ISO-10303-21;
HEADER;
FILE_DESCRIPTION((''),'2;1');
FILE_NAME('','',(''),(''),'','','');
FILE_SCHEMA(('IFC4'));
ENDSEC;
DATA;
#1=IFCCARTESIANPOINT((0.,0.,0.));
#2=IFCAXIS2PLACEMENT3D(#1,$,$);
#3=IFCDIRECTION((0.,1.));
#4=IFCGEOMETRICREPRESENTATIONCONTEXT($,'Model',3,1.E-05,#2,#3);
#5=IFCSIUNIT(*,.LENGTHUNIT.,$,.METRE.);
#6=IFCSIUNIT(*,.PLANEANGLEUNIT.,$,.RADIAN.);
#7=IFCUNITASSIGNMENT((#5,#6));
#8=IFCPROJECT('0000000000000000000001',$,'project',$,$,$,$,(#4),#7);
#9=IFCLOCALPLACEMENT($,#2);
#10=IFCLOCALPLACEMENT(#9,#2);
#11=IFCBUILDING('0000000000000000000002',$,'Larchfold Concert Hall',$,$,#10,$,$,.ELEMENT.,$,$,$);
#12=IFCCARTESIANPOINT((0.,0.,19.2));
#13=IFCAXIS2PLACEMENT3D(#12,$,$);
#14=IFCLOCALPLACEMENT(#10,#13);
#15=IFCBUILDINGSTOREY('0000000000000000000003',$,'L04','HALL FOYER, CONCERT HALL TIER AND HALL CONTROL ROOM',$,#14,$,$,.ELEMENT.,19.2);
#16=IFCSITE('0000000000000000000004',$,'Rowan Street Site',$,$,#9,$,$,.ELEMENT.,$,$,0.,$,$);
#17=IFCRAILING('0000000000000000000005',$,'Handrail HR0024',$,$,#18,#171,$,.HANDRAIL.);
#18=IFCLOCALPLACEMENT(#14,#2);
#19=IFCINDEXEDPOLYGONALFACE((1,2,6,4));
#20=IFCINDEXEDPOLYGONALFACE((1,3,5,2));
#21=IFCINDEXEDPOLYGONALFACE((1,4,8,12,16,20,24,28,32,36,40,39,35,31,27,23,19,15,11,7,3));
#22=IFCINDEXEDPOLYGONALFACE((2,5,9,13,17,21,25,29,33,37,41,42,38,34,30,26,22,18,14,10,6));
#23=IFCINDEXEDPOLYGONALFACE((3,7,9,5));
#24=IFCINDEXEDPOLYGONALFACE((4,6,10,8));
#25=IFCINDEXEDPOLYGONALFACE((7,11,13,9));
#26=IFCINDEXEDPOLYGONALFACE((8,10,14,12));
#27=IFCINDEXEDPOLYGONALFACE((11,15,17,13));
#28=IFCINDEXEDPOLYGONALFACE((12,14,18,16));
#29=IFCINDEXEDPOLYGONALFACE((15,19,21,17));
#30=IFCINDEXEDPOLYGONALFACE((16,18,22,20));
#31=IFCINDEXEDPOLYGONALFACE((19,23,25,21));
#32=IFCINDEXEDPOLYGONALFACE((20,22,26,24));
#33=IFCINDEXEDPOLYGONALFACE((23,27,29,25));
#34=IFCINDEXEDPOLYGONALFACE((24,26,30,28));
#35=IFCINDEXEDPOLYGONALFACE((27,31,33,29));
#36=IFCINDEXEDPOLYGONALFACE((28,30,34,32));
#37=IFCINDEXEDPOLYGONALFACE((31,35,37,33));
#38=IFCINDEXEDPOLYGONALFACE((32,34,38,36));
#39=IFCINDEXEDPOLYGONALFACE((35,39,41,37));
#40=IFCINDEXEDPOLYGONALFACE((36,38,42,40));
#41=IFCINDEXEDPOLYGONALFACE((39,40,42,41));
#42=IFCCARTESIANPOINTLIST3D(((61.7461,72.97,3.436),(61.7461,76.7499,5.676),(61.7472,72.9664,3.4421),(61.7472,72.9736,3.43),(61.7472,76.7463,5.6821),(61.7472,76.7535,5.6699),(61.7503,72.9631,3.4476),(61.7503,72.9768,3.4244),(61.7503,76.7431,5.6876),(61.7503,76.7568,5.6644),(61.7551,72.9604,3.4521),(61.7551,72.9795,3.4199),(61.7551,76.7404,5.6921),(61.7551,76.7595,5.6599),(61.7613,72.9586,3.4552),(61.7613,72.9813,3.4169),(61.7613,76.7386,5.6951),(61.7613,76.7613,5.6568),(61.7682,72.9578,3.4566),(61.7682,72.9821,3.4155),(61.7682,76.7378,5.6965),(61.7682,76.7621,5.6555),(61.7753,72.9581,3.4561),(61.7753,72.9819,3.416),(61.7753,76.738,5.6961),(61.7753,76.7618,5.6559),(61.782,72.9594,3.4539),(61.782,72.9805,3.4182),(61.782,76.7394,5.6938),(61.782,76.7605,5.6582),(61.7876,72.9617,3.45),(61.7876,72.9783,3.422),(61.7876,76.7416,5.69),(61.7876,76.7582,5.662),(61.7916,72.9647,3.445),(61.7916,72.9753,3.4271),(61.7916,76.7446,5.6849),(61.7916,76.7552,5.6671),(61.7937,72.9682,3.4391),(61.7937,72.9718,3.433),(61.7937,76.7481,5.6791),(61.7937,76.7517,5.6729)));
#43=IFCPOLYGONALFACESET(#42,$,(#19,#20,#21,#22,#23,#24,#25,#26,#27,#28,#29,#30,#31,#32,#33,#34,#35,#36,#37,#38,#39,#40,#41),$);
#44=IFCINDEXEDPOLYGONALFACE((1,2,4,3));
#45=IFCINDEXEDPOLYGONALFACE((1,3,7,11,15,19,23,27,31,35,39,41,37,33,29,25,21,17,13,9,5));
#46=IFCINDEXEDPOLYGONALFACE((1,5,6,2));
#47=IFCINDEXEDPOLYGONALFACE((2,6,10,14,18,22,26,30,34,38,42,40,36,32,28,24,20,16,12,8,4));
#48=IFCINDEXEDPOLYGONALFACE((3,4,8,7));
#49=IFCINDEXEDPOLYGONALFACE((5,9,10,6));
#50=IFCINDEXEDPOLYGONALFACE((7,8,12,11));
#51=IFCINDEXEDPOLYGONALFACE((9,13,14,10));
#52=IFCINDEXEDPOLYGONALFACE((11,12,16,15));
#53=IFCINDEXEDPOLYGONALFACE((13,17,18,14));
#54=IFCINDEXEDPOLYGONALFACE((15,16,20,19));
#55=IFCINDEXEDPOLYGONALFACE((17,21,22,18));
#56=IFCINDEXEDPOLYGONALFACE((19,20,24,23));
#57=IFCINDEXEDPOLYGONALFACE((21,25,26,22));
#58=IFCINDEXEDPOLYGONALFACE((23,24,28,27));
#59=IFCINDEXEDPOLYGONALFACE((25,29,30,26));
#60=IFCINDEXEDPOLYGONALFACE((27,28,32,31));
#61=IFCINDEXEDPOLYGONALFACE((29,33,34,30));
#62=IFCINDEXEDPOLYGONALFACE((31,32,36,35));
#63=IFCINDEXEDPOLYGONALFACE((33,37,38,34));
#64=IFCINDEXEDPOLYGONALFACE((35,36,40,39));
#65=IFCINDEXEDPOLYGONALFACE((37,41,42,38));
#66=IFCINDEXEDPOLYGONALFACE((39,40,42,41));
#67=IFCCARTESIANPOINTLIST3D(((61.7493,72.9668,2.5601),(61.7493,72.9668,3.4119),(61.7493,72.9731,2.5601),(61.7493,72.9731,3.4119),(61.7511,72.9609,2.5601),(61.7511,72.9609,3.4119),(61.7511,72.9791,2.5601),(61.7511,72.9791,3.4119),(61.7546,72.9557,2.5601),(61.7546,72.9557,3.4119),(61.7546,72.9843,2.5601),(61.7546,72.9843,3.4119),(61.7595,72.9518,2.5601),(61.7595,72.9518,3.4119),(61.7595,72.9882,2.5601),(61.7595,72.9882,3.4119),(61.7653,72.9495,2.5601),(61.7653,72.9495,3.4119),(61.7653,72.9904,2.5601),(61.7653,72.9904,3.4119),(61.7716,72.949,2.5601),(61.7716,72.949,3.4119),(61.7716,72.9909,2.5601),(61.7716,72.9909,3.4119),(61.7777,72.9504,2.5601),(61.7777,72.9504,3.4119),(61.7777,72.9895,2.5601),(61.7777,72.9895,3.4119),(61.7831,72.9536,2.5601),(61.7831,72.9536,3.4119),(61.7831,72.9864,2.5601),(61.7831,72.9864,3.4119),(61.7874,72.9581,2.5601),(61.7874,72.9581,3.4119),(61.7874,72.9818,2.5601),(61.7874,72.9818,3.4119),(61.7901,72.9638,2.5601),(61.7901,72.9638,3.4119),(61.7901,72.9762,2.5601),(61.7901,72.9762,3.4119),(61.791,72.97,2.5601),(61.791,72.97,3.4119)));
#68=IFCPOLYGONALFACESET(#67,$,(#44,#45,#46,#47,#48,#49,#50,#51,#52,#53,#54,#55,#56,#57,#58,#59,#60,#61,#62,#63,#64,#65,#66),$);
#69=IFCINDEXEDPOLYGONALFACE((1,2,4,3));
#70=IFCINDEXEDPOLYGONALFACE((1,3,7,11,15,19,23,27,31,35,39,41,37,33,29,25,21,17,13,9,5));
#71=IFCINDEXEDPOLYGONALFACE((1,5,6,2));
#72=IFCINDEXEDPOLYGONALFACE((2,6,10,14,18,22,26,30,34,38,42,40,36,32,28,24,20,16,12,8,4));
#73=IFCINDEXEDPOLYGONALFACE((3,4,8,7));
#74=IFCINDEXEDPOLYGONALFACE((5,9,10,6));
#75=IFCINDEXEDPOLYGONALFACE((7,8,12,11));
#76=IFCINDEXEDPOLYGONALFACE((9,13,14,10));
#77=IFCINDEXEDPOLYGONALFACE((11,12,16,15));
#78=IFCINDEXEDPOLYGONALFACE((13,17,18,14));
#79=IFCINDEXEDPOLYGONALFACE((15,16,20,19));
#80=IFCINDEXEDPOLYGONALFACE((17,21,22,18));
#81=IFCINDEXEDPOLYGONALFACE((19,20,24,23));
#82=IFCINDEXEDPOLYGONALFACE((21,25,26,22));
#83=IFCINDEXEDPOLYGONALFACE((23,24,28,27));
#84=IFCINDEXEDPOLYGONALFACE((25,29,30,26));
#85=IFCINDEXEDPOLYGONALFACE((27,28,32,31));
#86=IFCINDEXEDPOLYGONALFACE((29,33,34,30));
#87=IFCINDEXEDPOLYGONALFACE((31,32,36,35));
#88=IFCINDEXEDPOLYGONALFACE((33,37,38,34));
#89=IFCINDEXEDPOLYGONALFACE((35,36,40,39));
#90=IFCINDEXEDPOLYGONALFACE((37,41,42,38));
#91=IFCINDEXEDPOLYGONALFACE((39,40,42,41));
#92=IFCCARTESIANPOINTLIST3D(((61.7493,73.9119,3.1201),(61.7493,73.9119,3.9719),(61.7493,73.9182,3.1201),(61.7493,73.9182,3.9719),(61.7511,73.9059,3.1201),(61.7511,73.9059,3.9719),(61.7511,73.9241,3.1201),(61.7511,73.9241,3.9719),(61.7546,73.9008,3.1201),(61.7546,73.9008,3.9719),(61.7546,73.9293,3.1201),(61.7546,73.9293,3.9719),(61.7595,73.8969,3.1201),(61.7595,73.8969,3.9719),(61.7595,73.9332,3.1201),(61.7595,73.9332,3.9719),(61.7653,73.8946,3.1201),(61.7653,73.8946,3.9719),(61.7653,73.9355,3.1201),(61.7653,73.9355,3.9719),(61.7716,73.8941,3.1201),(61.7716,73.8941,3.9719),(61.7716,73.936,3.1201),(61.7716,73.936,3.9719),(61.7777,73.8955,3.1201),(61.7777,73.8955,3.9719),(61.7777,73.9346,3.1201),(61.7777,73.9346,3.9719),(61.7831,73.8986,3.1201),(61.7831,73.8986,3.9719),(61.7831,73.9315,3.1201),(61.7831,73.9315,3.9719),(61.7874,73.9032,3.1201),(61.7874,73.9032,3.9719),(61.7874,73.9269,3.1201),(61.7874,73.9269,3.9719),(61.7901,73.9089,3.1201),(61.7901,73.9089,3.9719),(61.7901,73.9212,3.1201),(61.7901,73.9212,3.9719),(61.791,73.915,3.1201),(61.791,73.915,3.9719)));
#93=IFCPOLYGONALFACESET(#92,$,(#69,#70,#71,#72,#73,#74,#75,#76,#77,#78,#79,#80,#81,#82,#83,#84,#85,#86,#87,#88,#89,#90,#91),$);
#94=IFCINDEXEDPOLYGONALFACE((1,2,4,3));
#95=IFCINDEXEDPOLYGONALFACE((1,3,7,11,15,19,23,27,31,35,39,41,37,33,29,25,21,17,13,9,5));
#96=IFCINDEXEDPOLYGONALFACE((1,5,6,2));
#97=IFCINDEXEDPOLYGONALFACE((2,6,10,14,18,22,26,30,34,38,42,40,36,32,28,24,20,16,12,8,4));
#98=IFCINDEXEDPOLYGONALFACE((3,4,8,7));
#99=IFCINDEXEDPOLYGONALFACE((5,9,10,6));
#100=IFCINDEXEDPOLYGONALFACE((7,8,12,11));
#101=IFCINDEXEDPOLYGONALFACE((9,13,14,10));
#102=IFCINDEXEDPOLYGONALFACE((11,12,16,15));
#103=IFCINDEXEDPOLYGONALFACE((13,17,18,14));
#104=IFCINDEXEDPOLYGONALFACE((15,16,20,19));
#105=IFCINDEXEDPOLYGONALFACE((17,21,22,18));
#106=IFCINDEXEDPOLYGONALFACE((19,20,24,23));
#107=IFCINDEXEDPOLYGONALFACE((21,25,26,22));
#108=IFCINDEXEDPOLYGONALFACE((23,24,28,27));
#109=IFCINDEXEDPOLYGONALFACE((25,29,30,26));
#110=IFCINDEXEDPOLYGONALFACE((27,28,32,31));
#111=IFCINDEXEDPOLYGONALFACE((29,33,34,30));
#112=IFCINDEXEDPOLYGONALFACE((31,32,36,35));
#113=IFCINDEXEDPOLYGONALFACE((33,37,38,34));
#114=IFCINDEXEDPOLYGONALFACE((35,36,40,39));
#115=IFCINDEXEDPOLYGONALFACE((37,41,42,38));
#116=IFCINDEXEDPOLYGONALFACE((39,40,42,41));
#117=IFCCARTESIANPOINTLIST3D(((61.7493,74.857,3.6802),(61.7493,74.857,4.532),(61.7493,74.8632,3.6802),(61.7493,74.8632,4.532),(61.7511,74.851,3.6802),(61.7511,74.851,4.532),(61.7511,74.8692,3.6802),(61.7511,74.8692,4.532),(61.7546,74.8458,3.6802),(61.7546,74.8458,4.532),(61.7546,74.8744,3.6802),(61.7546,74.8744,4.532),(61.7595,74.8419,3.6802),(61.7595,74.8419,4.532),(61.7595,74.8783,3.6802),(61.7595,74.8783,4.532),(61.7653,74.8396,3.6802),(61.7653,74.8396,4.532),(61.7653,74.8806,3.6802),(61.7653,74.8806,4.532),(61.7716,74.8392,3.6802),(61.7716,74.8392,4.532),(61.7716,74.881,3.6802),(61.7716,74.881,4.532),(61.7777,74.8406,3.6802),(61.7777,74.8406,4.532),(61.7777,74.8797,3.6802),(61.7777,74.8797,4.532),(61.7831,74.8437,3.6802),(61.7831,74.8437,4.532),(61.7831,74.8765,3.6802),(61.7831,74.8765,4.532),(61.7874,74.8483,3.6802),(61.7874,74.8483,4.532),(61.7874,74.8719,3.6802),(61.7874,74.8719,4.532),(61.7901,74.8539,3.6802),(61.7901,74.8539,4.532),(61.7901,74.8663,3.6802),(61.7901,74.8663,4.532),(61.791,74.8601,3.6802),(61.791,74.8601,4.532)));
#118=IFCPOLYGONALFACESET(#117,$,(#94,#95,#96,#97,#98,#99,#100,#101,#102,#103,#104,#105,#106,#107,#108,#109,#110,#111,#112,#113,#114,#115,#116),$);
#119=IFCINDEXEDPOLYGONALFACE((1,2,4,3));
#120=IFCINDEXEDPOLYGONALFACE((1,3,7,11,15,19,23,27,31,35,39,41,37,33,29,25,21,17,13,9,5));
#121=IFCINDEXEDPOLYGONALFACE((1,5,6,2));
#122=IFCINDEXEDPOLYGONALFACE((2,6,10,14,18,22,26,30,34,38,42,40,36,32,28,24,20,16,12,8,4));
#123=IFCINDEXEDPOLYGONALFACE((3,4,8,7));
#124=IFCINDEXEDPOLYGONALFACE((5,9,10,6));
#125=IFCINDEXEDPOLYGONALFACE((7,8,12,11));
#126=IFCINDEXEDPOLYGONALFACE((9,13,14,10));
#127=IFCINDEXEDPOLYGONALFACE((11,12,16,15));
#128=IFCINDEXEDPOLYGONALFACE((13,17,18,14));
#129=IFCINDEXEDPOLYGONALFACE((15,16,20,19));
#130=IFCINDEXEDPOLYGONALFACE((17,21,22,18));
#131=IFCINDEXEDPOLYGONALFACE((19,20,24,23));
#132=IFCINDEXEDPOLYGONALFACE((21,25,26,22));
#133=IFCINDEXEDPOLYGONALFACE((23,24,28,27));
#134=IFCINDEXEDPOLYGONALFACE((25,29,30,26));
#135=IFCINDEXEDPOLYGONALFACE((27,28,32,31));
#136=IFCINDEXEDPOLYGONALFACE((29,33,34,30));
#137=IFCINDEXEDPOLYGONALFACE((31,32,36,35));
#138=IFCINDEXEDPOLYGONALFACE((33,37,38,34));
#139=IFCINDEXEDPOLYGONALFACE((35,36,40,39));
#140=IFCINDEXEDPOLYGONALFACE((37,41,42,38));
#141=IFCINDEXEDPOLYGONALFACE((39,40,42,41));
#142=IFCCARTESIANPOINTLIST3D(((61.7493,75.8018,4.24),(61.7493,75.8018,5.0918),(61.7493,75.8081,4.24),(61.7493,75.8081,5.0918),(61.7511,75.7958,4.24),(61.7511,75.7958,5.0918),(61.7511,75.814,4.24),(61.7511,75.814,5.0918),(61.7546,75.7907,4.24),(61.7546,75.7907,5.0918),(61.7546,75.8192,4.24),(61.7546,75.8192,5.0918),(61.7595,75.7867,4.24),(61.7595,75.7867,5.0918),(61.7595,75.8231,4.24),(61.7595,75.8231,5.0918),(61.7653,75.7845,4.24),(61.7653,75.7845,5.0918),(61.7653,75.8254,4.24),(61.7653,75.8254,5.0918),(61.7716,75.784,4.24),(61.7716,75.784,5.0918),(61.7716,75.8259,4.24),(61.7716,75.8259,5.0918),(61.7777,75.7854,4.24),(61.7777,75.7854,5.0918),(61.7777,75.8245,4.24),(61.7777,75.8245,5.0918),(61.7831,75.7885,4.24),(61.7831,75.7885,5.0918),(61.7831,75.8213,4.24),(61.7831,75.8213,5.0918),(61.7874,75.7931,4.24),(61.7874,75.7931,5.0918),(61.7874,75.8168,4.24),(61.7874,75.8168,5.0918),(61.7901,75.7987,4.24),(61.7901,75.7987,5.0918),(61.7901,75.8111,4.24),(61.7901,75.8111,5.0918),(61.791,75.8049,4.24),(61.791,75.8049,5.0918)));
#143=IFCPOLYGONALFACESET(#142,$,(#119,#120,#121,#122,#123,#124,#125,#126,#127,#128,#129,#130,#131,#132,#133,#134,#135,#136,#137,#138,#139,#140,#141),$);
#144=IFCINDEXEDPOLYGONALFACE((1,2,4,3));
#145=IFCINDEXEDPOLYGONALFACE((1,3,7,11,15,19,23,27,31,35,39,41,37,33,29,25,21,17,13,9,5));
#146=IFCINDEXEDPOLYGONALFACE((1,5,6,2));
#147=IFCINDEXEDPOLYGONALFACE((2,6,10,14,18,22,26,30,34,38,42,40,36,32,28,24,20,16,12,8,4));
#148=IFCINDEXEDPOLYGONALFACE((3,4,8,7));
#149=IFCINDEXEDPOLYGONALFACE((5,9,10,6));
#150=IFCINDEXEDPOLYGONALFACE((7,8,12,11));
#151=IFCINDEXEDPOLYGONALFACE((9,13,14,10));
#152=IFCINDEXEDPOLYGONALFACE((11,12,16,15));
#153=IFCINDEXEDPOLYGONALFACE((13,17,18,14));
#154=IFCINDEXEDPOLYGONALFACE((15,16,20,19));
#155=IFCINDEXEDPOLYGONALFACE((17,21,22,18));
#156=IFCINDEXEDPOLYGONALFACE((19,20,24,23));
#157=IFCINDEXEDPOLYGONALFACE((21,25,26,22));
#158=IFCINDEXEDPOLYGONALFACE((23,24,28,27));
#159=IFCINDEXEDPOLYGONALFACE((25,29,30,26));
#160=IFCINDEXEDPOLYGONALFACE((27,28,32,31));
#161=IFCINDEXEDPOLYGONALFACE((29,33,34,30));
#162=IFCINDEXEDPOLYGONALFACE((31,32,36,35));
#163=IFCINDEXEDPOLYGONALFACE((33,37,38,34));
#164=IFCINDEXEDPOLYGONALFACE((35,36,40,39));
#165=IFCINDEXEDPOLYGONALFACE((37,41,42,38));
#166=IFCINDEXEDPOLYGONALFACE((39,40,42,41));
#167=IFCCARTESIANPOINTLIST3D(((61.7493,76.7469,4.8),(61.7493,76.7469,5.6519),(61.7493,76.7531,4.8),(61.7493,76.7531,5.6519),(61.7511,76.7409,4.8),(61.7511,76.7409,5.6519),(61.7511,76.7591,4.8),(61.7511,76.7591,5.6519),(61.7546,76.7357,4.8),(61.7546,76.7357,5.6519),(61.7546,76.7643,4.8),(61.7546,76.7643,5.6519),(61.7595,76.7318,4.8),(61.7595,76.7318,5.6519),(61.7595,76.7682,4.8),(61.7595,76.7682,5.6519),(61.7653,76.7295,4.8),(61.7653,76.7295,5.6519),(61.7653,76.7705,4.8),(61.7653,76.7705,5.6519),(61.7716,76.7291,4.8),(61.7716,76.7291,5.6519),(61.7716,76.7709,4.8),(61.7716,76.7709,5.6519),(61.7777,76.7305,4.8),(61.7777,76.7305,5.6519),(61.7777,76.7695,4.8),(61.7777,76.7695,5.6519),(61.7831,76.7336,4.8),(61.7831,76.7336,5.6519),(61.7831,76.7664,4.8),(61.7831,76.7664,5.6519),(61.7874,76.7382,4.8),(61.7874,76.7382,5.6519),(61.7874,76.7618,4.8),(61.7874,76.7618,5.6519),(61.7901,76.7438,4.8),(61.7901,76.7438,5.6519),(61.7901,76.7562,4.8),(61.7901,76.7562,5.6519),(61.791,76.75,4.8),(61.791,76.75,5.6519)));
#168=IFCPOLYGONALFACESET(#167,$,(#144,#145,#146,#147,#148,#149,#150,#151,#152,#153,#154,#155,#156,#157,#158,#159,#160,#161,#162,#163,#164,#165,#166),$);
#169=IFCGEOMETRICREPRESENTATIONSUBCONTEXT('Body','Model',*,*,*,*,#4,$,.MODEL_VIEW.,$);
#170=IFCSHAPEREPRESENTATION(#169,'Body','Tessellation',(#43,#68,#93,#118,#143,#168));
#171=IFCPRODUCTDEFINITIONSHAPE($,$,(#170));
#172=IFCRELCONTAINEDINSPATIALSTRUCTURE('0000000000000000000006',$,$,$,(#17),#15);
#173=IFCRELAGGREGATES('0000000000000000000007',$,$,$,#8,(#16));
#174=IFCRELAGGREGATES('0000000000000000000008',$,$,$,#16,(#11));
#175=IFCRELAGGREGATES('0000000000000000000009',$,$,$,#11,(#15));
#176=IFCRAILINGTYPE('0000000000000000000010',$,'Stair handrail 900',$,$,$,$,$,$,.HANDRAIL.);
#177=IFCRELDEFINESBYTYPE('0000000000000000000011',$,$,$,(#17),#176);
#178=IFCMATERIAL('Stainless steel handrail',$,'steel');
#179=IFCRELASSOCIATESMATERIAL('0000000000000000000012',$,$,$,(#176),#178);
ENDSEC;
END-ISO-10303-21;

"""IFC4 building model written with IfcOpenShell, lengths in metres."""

from ifc_helpers import new_model, si_unit, direction, frame, origin, origin_2d, place, context, subcontext, project, spatial, circle, extrude, material, type_object, element, save


model = new_model("IFC4")

# Units and contexts
model_context = context("Model", 3, precision=1e-05, world=origin(), true_north=direction((0.0, 1.0)))
body_context = subcontext(model_context, "Body", "Model", "MODEL_VIEW")
ifc_project = project(units=[si_unit("LENGTHUNIT", "METRE"), si_unit("PLANEANGLEUNIT", "RADIAN")], contexts=[model_context])

# Site, building, storey
site_placement = place(None, origin())
site = spatial("IfcSite", under=ifc_project, at=site_placement, Name="Rowan Street Site", CompositionType="ELEMENT", RefElevation=0.0)
building_placement = place(site_placement, origin())
building = spatial("IfcBuilding", under=site, at=building_placement, Name="Larchfold Concert Hall", CompositionType="ELEMENT")
storey_placement = place(building_placement, frame((0.0, 0.0, 19.2)))
storey = spatial("IfcBuildingStorey", under=building, at=storey_placement, Name="L04", Description="HALL FOYER, CONCERT HALL TIER AND HALL CONTROL ROOM", CompositionType="ELEMENT", Elevation=19.2)

# Railing
ifc_material_1 = material(Name="Stainless steel handrail", Category="steel")
railing_type_1 = type_object("IfcRailingType", Name="Stair handrail 900", PredefinedType="HANDRAIL", material=ifc_material_1)
railing_1_placement = place(storey_placement, frame((61.77, 72.97, 2.5601)))
element("IfcRailing", 1, at=railing_1_placement, inside=storey, type_object=railing_type_1, Name="Handrail HR0024", PredefinedType="HANDRAIL", context=body_context, shape_type="SweptSolid", body=[
    extrude(circle(Radius=0.0239, at=origin_2d()), frame((0.0, 0.0, 0.876), z_axis=(0.0, 0.860294, 0.509798), x_axis=(-1.0, 0.0, 0.0)), (0.0, 0.0, 1.0), 4.3938),
    extrude(circle(Radius=0.021, at=origin_2d()), origin(), (0.0, 0.0, 1.0), 0.8518),
    extrude(circle(Radius=0.021, at=origin_2d()), frame((0.0, 0.9451, 0.5601)), (0.0, 0.0, 1.0), 0.8518),
    extrude(circle(Radius=0.021, at=origin_2d()), frame((0.0, 1.8901, 1.1201)), (0.0, 0.0, 1.0), 0.8518),
    extrude(circle(Radius=0.021, at=origin_2d()), frame((0.0, 2.835, 1.6799)), (0.0, 0.0, 1.0), 0.8518),
    extrude(circle(Radius=0.021, at=origin_2d()), frame((0.0, 3.78, 2.24)), (0.0, 0.0, 1.0), 0.8518),
])

save(model, "model.ifc")
